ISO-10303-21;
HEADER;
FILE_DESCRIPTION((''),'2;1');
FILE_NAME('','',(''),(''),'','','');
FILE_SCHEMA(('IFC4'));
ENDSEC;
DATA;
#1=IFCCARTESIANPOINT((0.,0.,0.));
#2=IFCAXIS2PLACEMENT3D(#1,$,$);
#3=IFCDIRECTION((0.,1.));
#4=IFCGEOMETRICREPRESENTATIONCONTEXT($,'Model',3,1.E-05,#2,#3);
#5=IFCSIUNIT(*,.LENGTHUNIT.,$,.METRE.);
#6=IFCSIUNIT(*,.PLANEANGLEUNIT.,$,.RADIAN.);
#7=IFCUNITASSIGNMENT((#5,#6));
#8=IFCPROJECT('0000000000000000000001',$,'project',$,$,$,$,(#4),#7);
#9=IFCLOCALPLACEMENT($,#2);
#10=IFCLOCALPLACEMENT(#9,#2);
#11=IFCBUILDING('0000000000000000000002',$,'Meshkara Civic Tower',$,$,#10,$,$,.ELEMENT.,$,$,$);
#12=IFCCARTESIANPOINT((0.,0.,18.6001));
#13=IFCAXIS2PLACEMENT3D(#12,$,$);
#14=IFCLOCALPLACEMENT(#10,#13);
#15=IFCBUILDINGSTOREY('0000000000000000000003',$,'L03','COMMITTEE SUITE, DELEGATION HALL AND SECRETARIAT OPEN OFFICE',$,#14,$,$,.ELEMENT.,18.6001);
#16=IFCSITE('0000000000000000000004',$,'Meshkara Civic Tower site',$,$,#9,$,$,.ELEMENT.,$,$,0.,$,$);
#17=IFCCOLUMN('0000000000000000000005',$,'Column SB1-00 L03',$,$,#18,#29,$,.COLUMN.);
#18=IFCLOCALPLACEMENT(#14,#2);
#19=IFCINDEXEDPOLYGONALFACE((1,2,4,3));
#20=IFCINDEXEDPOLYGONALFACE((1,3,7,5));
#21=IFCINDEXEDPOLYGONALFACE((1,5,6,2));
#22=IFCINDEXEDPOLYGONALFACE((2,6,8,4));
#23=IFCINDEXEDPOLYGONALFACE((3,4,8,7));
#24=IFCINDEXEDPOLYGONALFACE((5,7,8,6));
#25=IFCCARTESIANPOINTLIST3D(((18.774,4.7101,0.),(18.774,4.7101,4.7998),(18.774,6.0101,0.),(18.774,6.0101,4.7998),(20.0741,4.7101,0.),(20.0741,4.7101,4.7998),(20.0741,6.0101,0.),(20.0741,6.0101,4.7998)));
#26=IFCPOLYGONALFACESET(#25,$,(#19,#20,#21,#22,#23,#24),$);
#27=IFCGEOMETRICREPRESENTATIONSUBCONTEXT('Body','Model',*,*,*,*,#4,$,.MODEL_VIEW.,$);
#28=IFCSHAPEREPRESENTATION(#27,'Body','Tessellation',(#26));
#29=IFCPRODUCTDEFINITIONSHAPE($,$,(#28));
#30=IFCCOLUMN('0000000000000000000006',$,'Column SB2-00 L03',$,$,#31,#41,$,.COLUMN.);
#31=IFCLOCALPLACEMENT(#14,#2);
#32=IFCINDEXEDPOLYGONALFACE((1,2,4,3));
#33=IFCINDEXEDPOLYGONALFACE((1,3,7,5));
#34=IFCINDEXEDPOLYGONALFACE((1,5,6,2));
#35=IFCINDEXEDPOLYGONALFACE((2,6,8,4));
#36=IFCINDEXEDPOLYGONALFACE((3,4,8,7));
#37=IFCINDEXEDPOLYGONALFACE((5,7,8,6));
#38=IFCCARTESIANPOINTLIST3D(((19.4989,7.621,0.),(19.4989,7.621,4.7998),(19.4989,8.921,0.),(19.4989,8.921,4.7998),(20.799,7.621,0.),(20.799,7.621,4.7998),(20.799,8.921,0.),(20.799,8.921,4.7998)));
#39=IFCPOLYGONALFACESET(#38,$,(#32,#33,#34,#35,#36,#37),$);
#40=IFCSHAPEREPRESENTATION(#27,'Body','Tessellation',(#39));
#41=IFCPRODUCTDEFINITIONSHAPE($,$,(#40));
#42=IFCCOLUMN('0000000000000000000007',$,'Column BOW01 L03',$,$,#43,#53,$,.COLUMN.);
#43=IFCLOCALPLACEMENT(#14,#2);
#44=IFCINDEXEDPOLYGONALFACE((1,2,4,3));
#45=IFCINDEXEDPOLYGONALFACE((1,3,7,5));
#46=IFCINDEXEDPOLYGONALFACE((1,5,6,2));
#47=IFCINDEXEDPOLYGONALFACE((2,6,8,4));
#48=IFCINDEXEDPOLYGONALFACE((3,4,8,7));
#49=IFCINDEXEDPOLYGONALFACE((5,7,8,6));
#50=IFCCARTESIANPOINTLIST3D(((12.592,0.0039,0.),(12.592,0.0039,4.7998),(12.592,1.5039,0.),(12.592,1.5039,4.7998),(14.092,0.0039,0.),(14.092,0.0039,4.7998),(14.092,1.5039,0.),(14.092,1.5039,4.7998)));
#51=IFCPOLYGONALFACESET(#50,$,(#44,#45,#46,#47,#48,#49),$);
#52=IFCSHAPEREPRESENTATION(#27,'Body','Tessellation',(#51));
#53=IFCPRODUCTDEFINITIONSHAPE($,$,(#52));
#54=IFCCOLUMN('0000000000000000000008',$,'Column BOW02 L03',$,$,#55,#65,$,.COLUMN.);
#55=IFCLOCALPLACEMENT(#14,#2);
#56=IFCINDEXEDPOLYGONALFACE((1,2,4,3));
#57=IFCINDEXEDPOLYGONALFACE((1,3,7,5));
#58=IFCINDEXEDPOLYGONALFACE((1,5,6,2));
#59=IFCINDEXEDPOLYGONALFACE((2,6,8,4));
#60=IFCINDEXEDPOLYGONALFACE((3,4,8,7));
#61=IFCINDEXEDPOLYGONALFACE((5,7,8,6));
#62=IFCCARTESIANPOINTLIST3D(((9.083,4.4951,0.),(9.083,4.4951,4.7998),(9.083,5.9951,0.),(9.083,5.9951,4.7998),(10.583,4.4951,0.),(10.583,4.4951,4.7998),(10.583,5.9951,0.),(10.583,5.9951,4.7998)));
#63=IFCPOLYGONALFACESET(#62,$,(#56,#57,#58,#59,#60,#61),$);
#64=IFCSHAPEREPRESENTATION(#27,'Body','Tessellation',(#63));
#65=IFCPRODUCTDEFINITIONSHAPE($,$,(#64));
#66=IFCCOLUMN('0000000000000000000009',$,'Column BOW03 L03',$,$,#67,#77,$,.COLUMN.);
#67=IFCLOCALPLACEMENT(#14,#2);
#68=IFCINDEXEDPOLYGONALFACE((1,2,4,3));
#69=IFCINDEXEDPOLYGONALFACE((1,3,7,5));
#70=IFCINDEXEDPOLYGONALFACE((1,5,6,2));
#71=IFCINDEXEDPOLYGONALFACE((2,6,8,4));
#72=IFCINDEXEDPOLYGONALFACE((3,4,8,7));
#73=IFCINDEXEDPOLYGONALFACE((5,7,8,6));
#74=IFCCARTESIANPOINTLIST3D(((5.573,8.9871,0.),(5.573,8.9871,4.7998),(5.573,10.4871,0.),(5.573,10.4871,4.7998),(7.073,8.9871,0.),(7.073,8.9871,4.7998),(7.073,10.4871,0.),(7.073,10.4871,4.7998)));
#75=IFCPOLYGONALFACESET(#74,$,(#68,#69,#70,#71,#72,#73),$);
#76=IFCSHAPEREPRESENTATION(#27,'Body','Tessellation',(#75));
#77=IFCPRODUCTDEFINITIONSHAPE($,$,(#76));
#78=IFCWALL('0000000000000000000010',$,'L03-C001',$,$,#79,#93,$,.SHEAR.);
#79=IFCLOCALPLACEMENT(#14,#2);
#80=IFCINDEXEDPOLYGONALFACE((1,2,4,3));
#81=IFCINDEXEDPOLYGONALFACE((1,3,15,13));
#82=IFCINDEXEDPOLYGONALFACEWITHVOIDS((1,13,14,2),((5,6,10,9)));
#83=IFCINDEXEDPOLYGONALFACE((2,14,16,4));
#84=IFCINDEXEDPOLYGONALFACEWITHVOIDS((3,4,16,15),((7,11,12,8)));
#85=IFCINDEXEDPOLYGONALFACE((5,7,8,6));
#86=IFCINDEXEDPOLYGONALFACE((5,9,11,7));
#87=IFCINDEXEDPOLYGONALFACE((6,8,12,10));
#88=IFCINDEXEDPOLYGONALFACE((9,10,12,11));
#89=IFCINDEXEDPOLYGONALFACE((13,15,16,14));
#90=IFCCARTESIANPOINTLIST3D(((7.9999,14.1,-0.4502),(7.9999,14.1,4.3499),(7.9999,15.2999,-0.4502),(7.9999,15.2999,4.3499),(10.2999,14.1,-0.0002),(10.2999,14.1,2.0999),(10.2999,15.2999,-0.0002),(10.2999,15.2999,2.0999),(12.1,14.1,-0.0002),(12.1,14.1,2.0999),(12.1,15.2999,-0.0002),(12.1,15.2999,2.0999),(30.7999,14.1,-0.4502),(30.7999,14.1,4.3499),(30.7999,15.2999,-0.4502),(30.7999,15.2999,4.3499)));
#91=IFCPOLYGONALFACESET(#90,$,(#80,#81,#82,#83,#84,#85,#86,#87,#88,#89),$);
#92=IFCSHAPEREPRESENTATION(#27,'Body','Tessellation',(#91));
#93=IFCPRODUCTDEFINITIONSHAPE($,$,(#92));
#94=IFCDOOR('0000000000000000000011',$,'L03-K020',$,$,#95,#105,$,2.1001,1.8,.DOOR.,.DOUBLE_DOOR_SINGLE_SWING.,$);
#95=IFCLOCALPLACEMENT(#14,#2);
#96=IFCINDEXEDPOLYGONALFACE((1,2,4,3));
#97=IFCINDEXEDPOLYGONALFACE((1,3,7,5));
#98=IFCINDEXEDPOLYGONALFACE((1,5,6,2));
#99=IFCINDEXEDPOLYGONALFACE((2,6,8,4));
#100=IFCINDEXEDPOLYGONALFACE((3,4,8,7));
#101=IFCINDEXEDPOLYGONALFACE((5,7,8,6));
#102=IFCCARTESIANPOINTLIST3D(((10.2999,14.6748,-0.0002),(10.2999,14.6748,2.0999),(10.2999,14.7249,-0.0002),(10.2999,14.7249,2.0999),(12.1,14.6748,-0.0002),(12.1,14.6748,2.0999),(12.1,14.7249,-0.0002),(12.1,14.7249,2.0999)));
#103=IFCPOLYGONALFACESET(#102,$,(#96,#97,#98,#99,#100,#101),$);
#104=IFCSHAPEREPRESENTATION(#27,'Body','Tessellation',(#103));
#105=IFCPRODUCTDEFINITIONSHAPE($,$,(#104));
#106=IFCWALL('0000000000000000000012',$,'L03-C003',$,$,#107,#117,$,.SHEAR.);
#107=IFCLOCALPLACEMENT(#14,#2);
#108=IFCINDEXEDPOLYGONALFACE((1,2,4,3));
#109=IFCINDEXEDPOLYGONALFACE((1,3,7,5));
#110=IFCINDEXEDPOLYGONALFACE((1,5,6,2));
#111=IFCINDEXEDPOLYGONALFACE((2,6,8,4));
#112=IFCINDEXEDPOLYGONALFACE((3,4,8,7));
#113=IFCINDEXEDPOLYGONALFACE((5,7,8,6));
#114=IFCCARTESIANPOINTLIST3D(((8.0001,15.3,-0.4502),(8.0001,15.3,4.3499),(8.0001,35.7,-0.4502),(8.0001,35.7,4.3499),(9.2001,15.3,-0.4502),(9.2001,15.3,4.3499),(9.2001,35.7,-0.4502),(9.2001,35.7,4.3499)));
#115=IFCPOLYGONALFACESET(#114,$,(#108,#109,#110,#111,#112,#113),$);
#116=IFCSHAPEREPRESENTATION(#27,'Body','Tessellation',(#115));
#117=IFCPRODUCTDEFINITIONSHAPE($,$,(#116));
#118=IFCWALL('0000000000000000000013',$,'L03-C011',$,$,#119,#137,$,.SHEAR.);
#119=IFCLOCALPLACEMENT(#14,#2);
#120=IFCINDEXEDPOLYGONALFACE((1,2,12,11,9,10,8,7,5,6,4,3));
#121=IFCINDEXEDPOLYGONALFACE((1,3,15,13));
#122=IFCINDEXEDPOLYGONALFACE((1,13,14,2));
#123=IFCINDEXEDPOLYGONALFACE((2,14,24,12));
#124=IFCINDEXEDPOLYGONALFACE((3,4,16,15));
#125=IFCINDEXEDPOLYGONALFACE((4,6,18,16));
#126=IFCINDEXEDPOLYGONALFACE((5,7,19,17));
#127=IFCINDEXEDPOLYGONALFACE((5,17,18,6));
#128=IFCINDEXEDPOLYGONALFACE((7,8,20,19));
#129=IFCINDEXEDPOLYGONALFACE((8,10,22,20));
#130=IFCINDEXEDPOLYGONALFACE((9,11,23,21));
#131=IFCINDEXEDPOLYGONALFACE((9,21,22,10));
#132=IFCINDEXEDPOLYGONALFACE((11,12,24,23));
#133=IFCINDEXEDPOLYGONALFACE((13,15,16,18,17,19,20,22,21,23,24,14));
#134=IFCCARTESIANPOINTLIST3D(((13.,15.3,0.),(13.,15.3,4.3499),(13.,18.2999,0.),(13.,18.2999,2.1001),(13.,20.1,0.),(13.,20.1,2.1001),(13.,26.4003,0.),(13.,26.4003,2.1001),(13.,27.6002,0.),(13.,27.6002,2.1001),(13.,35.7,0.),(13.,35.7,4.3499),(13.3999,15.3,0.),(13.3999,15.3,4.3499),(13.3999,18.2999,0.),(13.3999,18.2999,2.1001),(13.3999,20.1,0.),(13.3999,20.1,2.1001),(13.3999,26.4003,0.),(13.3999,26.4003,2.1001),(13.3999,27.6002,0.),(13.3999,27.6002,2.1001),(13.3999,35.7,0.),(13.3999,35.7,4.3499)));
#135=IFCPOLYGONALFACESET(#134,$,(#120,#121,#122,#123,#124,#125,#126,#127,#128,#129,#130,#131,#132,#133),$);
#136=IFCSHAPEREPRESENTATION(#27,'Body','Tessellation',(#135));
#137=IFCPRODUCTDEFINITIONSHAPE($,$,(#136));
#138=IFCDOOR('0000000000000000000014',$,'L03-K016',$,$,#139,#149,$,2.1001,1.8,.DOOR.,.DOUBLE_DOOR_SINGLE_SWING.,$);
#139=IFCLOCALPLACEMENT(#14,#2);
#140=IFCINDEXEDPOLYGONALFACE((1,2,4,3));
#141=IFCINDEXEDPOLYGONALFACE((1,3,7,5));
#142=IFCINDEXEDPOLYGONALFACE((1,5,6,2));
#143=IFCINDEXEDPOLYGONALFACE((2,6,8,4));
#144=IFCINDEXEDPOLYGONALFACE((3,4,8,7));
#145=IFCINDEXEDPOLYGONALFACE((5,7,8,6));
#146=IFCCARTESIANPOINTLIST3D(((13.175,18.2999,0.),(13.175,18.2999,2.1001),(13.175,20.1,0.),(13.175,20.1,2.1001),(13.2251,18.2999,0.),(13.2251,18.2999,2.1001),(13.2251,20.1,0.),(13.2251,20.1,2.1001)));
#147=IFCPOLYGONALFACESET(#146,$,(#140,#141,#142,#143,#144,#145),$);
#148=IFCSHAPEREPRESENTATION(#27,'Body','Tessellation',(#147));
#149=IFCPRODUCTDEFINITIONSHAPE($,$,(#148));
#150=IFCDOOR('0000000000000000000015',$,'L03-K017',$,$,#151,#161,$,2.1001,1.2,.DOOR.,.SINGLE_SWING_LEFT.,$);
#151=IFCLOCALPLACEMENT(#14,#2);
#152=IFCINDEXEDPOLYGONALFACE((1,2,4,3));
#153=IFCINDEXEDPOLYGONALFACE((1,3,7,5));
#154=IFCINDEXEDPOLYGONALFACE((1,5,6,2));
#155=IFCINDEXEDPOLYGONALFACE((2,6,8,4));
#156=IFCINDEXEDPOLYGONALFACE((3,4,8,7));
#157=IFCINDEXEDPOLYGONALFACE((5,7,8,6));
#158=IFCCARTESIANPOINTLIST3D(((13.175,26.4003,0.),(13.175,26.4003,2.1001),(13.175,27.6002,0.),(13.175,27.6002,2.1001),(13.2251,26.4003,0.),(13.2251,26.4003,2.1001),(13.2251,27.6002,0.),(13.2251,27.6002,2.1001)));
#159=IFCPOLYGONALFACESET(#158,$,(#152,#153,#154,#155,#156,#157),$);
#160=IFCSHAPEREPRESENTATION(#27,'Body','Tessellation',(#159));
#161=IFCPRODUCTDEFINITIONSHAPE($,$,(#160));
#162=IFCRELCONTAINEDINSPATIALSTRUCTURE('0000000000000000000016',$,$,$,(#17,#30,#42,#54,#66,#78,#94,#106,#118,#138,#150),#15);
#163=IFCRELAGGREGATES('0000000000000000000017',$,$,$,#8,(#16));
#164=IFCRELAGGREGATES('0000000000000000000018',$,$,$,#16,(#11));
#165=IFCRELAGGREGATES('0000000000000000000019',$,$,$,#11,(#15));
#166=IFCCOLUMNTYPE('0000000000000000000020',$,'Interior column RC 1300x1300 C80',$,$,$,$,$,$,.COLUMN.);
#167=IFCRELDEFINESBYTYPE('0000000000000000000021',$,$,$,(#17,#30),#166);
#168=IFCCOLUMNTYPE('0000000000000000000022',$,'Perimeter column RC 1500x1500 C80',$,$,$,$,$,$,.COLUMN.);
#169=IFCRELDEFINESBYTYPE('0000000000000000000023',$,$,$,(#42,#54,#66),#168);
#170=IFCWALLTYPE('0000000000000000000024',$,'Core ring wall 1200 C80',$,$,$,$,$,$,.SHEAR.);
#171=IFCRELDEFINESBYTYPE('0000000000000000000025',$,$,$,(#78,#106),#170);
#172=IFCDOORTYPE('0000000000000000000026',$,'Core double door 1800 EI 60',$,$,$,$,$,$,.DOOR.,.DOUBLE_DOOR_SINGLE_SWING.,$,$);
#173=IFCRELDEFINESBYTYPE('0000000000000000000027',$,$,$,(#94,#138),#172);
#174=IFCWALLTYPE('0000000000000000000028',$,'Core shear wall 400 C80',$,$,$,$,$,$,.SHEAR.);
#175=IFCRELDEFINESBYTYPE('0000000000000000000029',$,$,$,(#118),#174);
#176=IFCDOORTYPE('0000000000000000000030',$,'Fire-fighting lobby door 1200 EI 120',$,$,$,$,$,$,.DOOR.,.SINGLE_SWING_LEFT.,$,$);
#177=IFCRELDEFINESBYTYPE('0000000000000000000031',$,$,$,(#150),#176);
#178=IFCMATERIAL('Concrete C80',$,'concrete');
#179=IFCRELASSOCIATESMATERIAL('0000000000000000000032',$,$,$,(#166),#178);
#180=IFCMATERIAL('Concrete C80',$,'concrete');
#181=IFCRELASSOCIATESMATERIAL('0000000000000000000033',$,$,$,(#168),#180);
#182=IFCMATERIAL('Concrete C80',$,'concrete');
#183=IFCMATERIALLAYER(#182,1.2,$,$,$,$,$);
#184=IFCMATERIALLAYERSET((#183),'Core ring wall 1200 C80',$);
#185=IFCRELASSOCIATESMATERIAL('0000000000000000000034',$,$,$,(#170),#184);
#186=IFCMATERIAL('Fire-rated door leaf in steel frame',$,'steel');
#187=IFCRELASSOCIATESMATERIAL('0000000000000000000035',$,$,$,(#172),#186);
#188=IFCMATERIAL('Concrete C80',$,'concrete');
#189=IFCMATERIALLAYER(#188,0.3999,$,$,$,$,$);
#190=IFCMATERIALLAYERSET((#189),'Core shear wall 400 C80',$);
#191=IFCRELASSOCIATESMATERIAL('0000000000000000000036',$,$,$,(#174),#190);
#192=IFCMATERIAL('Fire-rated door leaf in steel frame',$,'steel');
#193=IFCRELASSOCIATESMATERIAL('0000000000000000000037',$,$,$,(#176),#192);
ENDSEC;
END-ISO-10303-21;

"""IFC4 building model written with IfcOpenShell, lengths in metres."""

from ifc_helpers import new_model, si_unit, direction, frame, frame_2d, origin, origin_2d, place, context, subcontext, project, spatial, rectangle, extrude, material, layer, layer_set, material_profile, profile_set, type_object, element, fill, save


model = new_model("IFC4")

# Units and contexts
model_context = context("Model", 3, precision=1e-05, world=origin(), true_north=direction((0.0, 1.0)))
body_context = subcontext(model_context, "Body", "Model", "MODEL_VIEW")
ifc_project = project(units=[si_unit("LENGTHUNIT", "METRE"), si_unit("PLANEANGLEUNIT", "RADIAN")], contexts=[model_context])

# Site, building, storey
site_placement = place(None, origin())
site = spatial("IfcSite", under=ifc_project, at=site_placement, Name="Meshkara Civic Tower site", CompositionType="ELEMENT", RefElevation=0.0)
building_placement = place(site_placement, origin())
building = spatial("IfcBuilding", under=site, at=building_placement, Name="Meshkara Civic Tower", CompositionType="ELEMENT")
storey_placement = place(building_placement, frame((0.0, 0.0, 18.6001)))
storey = spatial("IfcBuildingStorey", under=building, at=storey_placement, Name="L03", Description="COMMITTEE SUITE, DELEGATION HALL AND SECRETARIAT OPEN OFFICE", CompositionType="ELEMENT", Elevation=18.6001)

# Columns
ifc_material_1 = material(Name="Concrete C80", Category="concrete")
ifc_material_profile_1 = material_profile(ifc_material_1, rectangle(XDim=1.3, YDim=1.3, at=origin_2d()))
ifc_profile_set_1 = profile_set([ifc_material_profile_1], Name="Concrete C80")
column_type_1 = type_object("IfcColumnType", Name="Interior column RC 1300x1300 C80", PredefinedType="COLUMN", material=ifc_profile_set_1)
for number, where, z_axis, x_axis, name in (
    (1, (19.4241, 5.3601, 0.0), (0.0, 0.0, 1.0), (1.0, 0.0, 0.0), "Column SB1-00 L03"),
    (2, (20.1489, 8.271, 0.0), (0.0, 0.0, 1.0), (1.0, 0.0, 0.0), "Column SB2-00 L03"),
):
    element("IfcColumn", number, at=place(storey_placement, frame(where, z_axis=z_axis, x_axis=x_axis)), inside=storey, type_object=column_type_1, Name=name, PredefinedType="COLUMN", context=body_context, shape_type="SweptSolid", body=[
        extrude(rectangle(XDim=1.3, YDim=1.3, at=origin_2d()), origin(), (0.0, 0.0, 1.0), 4.7998),
    ])
ifc_material_2 = material(Name="Concrete C80", Category="concrete")
ifc_material_profile_2 = material_profile(ifc_material_2, rectangle(XDim=1.5, YDim=1.5, at=origin_2d()))
ifc_profile_set_2 = profile_set([ifc_material_profile_2], Name="Concrete C80")
column_type_2 = type_object("IfcColumnType", Name="Perimeter column RC 1500x1500 C80", PredefinedType="COLUMN", material=ifc_profile_set_2)
for number, where, z_axis, x_axis, name in (
    (3, (13.342, 0.7539, 0.0), (0.0, 0.0, 1.0), (1.0, 0.0, 0.0), "Column BOW01 L03"),
    (4, (9.833, 5.2451, 0.0), (0.0, 0.0, 1.0), (1.0, 0.0, 0.0), "Column BOW02 L03"),
    (5, (6.323, 9.7371, 0.0), (0.0, 0.0, 1.0), (1.0, 0.0, 0.0), "Column BOW03 L03"),
):
    element("IfcColumn", number, at=place(storey_placement, frame(where, z_axis=z_axis, x_axis=x_axis)), inside=storey, type_object=column_type_2, Name=name, PredefinedType="COLUMN", context=body_context, shape_type="SweptSolid", body=[
        extrude(rectangle(XDim=1.5, YDim=1.5, at=origin_2d()), origin(), (0.0, 0.0, 1.0), 4.7998),
    ])

# Wall, opening, door
ifc_material_3 = material(Name="Concrete C80", Category="concrete")
ifc_layer_1 = layer(ifc_material_3, 1.2)
ifc_layer_set_1 = layer_set([ifc_layer_1], Name="Core ring wall 1200 C80")
wall_type_1 = type_object("IfcWallType", Name="Core ring wall 1200 C80", PredefinedType="SHEAR", material=ifc_layer_set_1)
wall_1_placement = place(storey_placement, frame((8.0, 14.7, -0.4502), z_axis=(0.0, 0.0, 1.0), x_axis=(1.0, 0.0, 0.0)))
wall_1 = element("IfcWall", 6, at=wall_1_placement, inside=storey, type_object=wall_type_1, Name="L03-C001", PredefinedType="SHEAR", context=body_context, shape_type="SweptSolid", body=[
    extrude(rectangle(XDim=22.8, YDim=1.2, at=frame_2d((11.3999, 0.0))), origin(), (0.0, 0.0, 1.0), 4.8),
])
opening_1_placement = place(wall_1_placement, frame((2.3, 0.0, 0.45)))
opening_1 = element("IfcOpeningElement", 7, at=opening_1_placement, cuts=wall_1, PredefinedType="OPENING", context=body_context, shape_type="SweptSolid", body=[
    extrude(rectangle(XDim=1.8, YDim=2.1001, at=frame_2d((0.8999, 1.05))), frame((0.0, 0.6099, 0.0), z_axis=(0.0, -1.0, 0.0), x_axis=(1.0, 0.0, 0.0)), (0.0, 0.0, 1.0), 1.22),
])
ifc_material_4 = material(Name="Fire-rated door leaf in steel frame", Category="steel")
door_type_1 = type_object("IfcDoorType", Name="Core double door 1800 EI 60", OperationType="DOUBLE_DOOR_SINGLE_SWING", PredefinedType="DOOR", material=ifc_material_4)
door_1_placement = place(opening_1_placement, origin())
door_1 = element("IfcDoor", 8, at=door_1_placement, inside=storey, type_object=door_type_1, Name="L03-K020", OperationType="DOUBLE_DOOR_SINGLE_SWING", OverallHeight=2.1001, OverallWidth=1.8, PredefinedType="DOOR", context=body_context, shape_type="SweptSolid", body=[
    extrude(rectangle(XDim=1.8, YDim=2.1001, at=frame_2d((0.8999, 1.05))), frame((0.0, 0.0249, 0.0), z_axis=(0.0, -1.0, 0.0), x_axis=(1.0, 0.0, 0.0)), (0.0, 0.0, 1.0), 0.05),
])
fill(opening_1, door_1)

# Wall
wall_2_placement = place(storey_placement, frame((8.6001, 15.3, -0.4502), z_axis=(0.0, 0.0, 1.0), x_axis=(0.0, 1.0, 0.0)))
element("IfcWall", 9, at=wall_2_placement, inside=storey, type_object=wall_type_1, Name="L03-C003", PredefinedType="SHEAR", context=body_context, shape_type="SweptSolid", body=[
    extrude(rectangle(XDim=20.3999, YDim=1.2, at=frame_2d((10.2, 0.0))), origin(), (0.0, 0.0, 1.0), 4.8),
])

# Wall, openings, doors
ifc_material_5 = material(Name="Concrete C80", Category="concrete")
ifc_layer_2 = layer(ifc_material_5, 0.3999)
ifc_layer_set_2 = layer_set([ifc_layer_2], Name="Core shear wall 400 C80")
wall_type_2 = type_object("IfcWallType", Name="Core shear wall 400 C80", PredefinedType="SHEAR", material=ifc_layer_set_2)
wall_3_placement = place(storey_placement, frame((13.2, 15.3, 0.0), z_axis=(0.0, 0.0, 1.0), x_axis=(0.0, 1.0, 0.0)))
wall_3 = element("IfcWall", 10, at=wall_3_placement, inside=storey, type_object=wall_type_2, Name="L03-C011", PredefinedType="SHEAR", context=body_context, shape_type="SweptSolid", body=[
    extrude(rectangle(XDim=20.3999, YDim=0.3999, at=frame_2d((10.2, 0.0))), origin(), (0.0, 0.0, 1.0), 4.3499),
])
opening_2_placement = place(wall_3_placement, frame((3.0, 0.0, 0.0)))
opening_2 = element("IfcOpeningElement", 11, at=opening_2_placement, cuts=wall_3, PredefinedType="OPENING", context=body_context, shape_type="SweptSolid", body=[
    extrude(rectangle(XDim=1.8, YDim=2.1001, at=frame_2d((0.8999, 1.05))), frame((0.0, 0.21, 0.0), z_axis=(0.0, -1.0, 0.0), x_axis=(1.0, 0.0, 0.0)), (0.0, 0.0, 1.0), 0.4199),
])
opening_3_placement = place(wall_3_placement, frame((11.1001, 0.0, 0.0)))
opening_3 = element("IfcOpeningElement", 12, at=opening_3_placement, cuts=wall_3, PredefinedType="OPENING", context=body_context, shape_type="SweptSolid", body=[
    extrude(rectangle(XDim=1.2, YDim=2.1001, at=frame_2d((0.6001, 1.05))), frame((0.0, 0.21, 0.0), z_axis=(0.0, -1.0, 0.0), x_axis=(1.0, 0.0, 0.0)), (0.0, 0.0, 1.0), 0.4199),
])
door_2_placement = place(opening_2_placement, origin())
door_2 = element("IfcDoor", 13, at=door_2_placement, inside=storey, type_object=door_type_1, Name="L03-K016", OperationType="DOUBLE_DOOR_SINGLE_SWING", OverallHeight=2.1001, OverallWidth=1.8, PredefinedType="DOOR", context=body_context, shape_type="SweptSolid", body=[
    extrude(rectangle(XDim=1.8, YDim=2.1001, at=frame_2d((0.8999, 1.05))), frame((0.0, 0.0249, 0.0), z_axis=(0.0, -1.0, 0.0), x_axis=(1.0, 0.0, 0.0)), (0.0, 0.0, 1.0), 0.05),
])
fill(opening_2, door_2)
ifc_material_6 = material(Name="Fire-rated door leaf in steel frame", Category="steel")
door_type_2 = type_object("IfcDoorType", Name="Fire-fighting lobby door 1200 EI 120", OperationType="SINGLE_SWING_LEFT", PredefinedType="DOOR", material=ifc_material_6)
door_3_placement = place(opening_3_placement, origin())
door_3 = element("IfcDoor", 14, at=door_3_placement, inside=storey, type_object=door_type_2, Name="L03-K017", OperationType="SINGLE_SWING_LEFT", OverallHeight=2.1001, OverallWidth=1.2, PredefinedType="DOOR", context=body_context, shape_type="SweptSolid", body=[
    extrude(rectangle(XDim=1.2, YDim=2.1001, at=frame_2d((0.6001, 1.05))), frame((0.0, 0.0249, 0.0), z_axis=(0.0, -1.0, 0.0), x_axis=(1.0, 0.0, 0.0)), (0.0, 0.0, 1.0), 0.05),
])
fill(opening_3, door_3)

save(model, "model.ifc")
